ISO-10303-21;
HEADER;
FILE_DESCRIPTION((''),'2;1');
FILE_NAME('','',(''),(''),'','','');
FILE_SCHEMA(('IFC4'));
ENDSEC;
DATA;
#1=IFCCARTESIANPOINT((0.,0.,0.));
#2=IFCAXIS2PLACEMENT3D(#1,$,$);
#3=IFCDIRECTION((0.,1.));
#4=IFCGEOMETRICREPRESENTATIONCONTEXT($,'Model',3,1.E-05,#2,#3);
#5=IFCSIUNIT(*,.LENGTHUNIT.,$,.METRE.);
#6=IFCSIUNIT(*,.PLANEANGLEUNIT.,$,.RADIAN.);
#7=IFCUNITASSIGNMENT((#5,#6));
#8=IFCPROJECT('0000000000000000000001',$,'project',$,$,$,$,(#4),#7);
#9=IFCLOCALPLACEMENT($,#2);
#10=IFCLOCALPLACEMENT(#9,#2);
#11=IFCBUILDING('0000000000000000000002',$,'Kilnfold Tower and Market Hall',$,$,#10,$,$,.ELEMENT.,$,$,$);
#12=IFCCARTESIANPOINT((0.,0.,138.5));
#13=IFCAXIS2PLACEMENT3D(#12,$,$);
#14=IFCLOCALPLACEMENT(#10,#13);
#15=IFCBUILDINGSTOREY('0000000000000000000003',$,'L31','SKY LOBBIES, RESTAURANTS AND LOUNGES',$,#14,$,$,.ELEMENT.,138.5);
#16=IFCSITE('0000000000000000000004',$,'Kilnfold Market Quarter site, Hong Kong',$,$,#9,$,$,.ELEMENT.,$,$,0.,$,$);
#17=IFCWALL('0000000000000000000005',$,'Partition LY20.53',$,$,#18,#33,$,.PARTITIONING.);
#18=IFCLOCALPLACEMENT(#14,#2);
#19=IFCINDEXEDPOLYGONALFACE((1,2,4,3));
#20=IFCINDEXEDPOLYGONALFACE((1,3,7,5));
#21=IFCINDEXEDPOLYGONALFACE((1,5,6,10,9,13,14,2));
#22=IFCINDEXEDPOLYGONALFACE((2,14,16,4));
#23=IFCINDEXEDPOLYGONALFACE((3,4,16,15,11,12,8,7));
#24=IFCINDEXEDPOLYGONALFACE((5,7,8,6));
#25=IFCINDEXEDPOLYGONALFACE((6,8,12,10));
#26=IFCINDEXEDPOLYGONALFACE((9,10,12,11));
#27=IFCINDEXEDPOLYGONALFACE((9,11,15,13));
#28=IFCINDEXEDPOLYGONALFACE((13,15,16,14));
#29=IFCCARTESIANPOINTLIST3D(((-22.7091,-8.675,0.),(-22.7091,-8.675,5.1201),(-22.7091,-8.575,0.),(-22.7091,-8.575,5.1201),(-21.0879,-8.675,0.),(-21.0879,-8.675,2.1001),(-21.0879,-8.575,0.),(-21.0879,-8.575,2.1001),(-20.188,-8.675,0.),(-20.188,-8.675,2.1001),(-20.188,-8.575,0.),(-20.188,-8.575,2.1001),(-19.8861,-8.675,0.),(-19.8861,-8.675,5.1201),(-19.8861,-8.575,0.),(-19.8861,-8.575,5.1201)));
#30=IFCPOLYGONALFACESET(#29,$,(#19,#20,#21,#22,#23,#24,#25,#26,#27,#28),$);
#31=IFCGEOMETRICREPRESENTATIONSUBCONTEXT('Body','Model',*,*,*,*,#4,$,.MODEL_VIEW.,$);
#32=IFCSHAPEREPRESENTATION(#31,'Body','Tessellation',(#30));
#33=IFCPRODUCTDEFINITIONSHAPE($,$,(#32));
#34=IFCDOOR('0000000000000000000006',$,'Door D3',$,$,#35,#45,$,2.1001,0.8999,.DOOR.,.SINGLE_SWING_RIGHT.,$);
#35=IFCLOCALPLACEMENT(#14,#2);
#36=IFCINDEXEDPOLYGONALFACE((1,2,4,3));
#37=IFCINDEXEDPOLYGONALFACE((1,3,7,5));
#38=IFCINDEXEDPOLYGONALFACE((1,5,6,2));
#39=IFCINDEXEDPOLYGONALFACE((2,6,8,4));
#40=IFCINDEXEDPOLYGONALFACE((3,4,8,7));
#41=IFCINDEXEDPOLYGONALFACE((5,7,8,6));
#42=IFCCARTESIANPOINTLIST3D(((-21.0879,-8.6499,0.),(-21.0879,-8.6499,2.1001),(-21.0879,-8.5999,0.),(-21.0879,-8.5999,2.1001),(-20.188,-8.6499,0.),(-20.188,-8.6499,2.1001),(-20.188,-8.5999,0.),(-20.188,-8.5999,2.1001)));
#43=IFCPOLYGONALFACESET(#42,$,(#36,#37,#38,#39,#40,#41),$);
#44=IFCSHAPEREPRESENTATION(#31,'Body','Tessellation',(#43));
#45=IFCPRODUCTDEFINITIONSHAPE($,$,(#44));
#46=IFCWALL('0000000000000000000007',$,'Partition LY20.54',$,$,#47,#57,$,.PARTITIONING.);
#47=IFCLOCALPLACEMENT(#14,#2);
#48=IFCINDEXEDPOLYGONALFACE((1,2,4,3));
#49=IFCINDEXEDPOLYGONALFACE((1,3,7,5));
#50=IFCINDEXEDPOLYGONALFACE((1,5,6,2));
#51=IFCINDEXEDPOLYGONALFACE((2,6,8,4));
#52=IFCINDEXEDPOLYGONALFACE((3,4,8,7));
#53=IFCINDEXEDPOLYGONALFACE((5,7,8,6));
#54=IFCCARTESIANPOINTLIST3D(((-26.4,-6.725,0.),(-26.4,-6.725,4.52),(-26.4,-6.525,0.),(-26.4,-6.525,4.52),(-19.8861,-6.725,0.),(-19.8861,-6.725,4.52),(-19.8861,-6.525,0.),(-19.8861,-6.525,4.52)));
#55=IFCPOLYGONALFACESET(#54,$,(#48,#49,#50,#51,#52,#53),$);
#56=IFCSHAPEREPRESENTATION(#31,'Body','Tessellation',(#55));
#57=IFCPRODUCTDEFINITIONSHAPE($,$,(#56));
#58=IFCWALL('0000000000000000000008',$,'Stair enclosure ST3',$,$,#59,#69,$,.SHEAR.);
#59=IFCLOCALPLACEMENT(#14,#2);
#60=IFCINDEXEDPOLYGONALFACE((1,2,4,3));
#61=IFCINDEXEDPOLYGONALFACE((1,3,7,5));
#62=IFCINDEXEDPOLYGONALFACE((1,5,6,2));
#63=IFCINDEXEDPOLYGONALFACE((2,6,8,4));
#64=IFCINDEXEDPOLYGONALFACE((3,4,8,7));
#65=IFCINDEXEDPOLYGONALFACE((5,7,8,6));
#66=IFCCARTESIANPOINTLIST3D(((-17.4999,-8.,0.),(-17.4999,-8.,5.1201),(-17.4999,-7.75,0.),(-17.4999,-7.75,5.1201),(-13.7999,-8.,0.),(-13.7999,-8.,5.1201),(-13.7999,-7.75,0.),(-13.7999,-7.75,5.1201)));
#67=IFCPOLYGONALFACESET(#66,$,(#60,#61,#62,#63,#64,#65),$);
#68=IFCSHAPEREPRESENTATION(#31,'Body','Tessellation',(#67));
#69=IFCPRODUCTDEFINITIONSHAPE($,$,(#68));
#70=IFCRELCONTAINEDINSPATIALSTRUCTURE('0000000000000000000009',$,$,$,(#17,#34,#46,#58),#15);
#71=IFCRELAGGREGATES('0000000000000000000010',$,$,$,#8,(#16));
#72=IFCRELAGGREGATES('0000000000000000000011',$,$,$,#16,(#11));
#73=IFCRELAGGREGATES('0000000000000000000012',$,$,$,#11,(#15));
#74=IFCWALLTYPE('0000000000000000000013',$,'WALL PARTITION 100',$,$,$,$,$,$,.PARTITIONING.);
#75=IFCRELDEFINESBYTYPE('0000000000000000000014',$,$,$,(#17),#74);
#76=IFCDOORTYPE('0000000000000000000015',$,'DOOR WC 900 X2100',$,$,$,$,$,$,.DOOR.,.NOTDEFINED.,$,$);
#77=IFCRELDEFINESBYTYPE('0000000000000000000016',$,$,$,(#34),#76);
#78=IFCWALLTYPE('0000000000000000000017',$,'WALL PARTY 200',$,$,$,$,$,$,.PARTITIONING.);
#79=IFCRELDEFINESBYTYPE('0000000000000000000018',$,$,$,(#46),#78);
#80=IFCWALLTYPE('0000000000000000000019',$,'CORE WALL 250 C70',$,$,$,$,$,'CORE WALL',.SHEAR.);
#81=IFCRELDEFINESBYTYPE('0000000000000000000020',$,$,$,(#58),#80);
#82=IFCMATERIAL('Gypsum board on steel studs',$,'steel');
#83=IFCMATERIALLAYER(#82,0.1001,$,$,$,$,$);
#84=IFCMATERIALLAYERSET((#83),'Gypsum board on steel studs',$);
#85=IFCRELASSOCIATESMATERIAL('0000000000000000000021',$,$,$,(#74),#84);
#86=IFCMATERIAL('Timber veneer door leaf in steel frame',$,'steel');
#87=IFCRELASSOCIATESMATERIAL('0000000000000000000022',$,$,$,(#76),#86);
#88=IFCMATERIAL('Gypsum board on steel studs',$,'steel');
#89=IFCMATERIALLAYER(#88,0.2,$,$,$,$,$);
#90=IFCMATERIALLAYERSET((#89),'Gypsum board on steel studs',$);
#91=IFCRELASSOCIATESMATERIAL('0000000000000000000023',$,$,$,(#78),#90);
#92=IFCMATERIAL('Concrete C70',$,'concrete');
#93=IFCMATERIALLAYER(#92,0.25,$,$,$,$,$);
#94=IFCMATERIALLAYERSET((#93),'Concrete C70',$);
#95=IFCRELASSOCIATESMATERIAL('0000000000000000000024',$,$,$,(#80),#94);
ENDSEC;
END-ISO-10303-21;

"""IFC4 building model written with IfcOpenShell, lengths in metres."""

from ifc_helpers import new_model, si_unit, direction, frame, frame_2d, origin, place, context, subcontext, project, spatial, rectangle, extrude, source, transform, mapped, material, layer, layer_set, type_object, element, fill, save


model = new_model("IFC4")

# Units and contexts
model_context = context("Model", 3, precision=1e-05, world=origin(), true_north=direction((0.0, 1.0)))
body_context = subcontext(model_context, "Body", "Model", "MODEL_VIEW")
ifc_project = project(units=[si_unit("LENGTHUNIT", "METRE"), si_unit("PLANEANGLEUNIT", "RADIAN")], contexts=[model_context])

# Site, building, storey
site_placement = place(None, origin())
site = spatial("IfcSite", under=ifc_project, at=site_placement, Name="Kilnfold Market Quarter site, Hong Kong", CompositionType="ELEMENT", RefElevation=0.0)
building_placement = place(site_placement, origin())
building = spatial("IfcBuilding", under=site, at=building_placement, Name="Kilnfold Tower and Market Hall", CompositionType="ELEMENT")
storey_placement = place(building_placement, frame((0.0, 0.0, 138.5)))
storey = spatial("IfcBuildingStorey", under=building, at=storey_placement, Name="L31", Description="SKY LOBBIES, RESTAURANTS AND LOUNGES", CompositionType="ELEMENT", Elevation=138.5)

# Shared definitions
ifc_material_1 = material(Name="Gypsum board on steel studs", Category="steel")
ifc_layer_1 = layer(ifc_material_1, 0.1001)
ifc_layer_set_1 = layer_set([ifc_layer_1], Name="Gypsum board on steel studs")
wall_type_1 = type_object("IfcWallType", Name="WALL PARTITION 100", PredefinedType="PARTITIONING", material=ifc_layer_set_1)

# Wall, opening, door
wall_1_placement = place(storey_placement, frame((-19.886, -8.625, 0.0), z_axis=(0.0, 0.0, 1.0), x_axis=(-1.0, 0.0, 0.0)))
wall_1 = element("IfcWall", 1, at=wall_1_placement, inside=storey, type_object=wall_type_1, Name="Partition LY20.53", PredefinedType="PARTITIONING", context=body_context, shape_type="SweptSolid", body=[
    extrude(rectangle(XDim=2.823, YDim=0.1001, at=frame_2d((1.4116, 0.0))), origin(), (0.0, 0.0, 1.0), 5.1201),
])
opening_1_placement = place(wall_1_placement, frame((0.302, 0.0, 0.0)))
opening_1 = element("IfcOpeningElement", 2, at=opening_1_placement, cuts=wall_1, PredefinedType="OPENING", context=body_context, shape_type="SweptSolid", body=[
    extrude(rectangle(XDim=0.8999, YDim=2.1001, at=frame_2d((0.45, 1.05))), frame((0.0, 0.0601, 0.0), z_axis=(0.0, -1.0, 0.0), x_axis=(1.0, 0.0, 0.0)), (0.0, 0.0, 1.0), 0.1201),
])
ifc_material_2 = material(Name="Timber veneer door leaf in steel frame", Category="steel")
door_type_1 = type_object("IfcDoorType", Name="DOOR WC 900 X2100", OperationType="NOTDEFINED", PredefinedType="DOOR", material=ifc_material_2)
door_1_placement = place(opening_1_placement, origin())
door_1 = element("IfcDoor", 3, at=door_1_placement, inside=storey, type_object=door_type_1, Name="Door D3", OperationType="SINGLE_SWING_RIGHT", OverallHeight=2.1001, OverallWidth=0.8999, PredefinedType="DOOR", context=body_context, shape_type="SweptSolid", body=[
    extrude(rectangle(XDim=0.8999, YDim=2.1001, at=frame_2d((0.45, 1.05))), frame((0.0, 0.0249, 0.0), z_axis=(0.0, -1.0, 0.0), x_axis=(1.0, 0.0, 0.0)), (0.0, 0.0, 1.0), 0.05),
])
fill(opening_1, door_1)

# Walls
ifc_material_3 = material(Name="Gypsum board on steel studs", Category="steel")
ifc_layer_2 = layer(ifc_material_3, 0.2)
ifc_layer_set_2 = layer_set([ifc_layer_2], Name="Gypsum board on steel studs")
wall_type_2 = type_object("IfcWallType", Name="WALL PARTY 200", PredefinedType="PARTITIONING", material=ifc_layer_set_2)
wall_2_placement = place(storey_placement, frame((-26.3999, -6.625, 0.0), z_axis=(0.0, 0.0, 1.0), x_axis=(1.0, 0.0, 0.0)))
element("IfcWall", 4, at=wall_2_placement, inside=storey, type_object=wall_type_2, Name="Partition LY20.54", PredefinedType="PARTITIONING", context=body_context, shape_type="SweptSolid", body=[
    extrude(rectangle(XDim=6.5139, YDim=0.2, at=frame_2d((3.2568, 0.0))), origin(), (0.0, 0.0, 1.0), 4.52),
])
ifc_material_4 = material(Name="Concrete C70", Category="concrete")
ifc_layer_3 = layer(ifc_material_4, 0.25)
ifc_layer_set_3 = layer_set([ifc_layer_3], Name="Concrete C70")
wall_type_3 = type_object("IfcWallType", Name="CORE WALL 250 C70", ElementType="CORE WALL", PredefinedType="SHEAR", material=ifc_layer_set_3)
shared_shape_1 = source(origin(), body_context, "Body", "SweptSolid", [
    extrude(rectangle(XDim=3.7, YDim=0.25, at=frame_2d((1.8501, 0.0))), origin(), (0.0, 0.0, 1.0), 5.1201),
])
wall_3_placement = place(storey_placement, frame((-17.5, -7.875, 0.0), z_axis=(0.0, 0.0, 1.0), x_axis=(1.0, 0.0, 0.0)))
element("IfcWall", 5, at=wall_3_placement, inside=storey, type_object=wall_type_3, Name="Stair enclosure ST3", PredefinedType="SHEAR", context=body_context, shape_type="MappedRepresentation", body=[
    mapped(shared_shape_1, transform((0.0, 0.0, 0.0))),
])

save(model, "model.ifc")
